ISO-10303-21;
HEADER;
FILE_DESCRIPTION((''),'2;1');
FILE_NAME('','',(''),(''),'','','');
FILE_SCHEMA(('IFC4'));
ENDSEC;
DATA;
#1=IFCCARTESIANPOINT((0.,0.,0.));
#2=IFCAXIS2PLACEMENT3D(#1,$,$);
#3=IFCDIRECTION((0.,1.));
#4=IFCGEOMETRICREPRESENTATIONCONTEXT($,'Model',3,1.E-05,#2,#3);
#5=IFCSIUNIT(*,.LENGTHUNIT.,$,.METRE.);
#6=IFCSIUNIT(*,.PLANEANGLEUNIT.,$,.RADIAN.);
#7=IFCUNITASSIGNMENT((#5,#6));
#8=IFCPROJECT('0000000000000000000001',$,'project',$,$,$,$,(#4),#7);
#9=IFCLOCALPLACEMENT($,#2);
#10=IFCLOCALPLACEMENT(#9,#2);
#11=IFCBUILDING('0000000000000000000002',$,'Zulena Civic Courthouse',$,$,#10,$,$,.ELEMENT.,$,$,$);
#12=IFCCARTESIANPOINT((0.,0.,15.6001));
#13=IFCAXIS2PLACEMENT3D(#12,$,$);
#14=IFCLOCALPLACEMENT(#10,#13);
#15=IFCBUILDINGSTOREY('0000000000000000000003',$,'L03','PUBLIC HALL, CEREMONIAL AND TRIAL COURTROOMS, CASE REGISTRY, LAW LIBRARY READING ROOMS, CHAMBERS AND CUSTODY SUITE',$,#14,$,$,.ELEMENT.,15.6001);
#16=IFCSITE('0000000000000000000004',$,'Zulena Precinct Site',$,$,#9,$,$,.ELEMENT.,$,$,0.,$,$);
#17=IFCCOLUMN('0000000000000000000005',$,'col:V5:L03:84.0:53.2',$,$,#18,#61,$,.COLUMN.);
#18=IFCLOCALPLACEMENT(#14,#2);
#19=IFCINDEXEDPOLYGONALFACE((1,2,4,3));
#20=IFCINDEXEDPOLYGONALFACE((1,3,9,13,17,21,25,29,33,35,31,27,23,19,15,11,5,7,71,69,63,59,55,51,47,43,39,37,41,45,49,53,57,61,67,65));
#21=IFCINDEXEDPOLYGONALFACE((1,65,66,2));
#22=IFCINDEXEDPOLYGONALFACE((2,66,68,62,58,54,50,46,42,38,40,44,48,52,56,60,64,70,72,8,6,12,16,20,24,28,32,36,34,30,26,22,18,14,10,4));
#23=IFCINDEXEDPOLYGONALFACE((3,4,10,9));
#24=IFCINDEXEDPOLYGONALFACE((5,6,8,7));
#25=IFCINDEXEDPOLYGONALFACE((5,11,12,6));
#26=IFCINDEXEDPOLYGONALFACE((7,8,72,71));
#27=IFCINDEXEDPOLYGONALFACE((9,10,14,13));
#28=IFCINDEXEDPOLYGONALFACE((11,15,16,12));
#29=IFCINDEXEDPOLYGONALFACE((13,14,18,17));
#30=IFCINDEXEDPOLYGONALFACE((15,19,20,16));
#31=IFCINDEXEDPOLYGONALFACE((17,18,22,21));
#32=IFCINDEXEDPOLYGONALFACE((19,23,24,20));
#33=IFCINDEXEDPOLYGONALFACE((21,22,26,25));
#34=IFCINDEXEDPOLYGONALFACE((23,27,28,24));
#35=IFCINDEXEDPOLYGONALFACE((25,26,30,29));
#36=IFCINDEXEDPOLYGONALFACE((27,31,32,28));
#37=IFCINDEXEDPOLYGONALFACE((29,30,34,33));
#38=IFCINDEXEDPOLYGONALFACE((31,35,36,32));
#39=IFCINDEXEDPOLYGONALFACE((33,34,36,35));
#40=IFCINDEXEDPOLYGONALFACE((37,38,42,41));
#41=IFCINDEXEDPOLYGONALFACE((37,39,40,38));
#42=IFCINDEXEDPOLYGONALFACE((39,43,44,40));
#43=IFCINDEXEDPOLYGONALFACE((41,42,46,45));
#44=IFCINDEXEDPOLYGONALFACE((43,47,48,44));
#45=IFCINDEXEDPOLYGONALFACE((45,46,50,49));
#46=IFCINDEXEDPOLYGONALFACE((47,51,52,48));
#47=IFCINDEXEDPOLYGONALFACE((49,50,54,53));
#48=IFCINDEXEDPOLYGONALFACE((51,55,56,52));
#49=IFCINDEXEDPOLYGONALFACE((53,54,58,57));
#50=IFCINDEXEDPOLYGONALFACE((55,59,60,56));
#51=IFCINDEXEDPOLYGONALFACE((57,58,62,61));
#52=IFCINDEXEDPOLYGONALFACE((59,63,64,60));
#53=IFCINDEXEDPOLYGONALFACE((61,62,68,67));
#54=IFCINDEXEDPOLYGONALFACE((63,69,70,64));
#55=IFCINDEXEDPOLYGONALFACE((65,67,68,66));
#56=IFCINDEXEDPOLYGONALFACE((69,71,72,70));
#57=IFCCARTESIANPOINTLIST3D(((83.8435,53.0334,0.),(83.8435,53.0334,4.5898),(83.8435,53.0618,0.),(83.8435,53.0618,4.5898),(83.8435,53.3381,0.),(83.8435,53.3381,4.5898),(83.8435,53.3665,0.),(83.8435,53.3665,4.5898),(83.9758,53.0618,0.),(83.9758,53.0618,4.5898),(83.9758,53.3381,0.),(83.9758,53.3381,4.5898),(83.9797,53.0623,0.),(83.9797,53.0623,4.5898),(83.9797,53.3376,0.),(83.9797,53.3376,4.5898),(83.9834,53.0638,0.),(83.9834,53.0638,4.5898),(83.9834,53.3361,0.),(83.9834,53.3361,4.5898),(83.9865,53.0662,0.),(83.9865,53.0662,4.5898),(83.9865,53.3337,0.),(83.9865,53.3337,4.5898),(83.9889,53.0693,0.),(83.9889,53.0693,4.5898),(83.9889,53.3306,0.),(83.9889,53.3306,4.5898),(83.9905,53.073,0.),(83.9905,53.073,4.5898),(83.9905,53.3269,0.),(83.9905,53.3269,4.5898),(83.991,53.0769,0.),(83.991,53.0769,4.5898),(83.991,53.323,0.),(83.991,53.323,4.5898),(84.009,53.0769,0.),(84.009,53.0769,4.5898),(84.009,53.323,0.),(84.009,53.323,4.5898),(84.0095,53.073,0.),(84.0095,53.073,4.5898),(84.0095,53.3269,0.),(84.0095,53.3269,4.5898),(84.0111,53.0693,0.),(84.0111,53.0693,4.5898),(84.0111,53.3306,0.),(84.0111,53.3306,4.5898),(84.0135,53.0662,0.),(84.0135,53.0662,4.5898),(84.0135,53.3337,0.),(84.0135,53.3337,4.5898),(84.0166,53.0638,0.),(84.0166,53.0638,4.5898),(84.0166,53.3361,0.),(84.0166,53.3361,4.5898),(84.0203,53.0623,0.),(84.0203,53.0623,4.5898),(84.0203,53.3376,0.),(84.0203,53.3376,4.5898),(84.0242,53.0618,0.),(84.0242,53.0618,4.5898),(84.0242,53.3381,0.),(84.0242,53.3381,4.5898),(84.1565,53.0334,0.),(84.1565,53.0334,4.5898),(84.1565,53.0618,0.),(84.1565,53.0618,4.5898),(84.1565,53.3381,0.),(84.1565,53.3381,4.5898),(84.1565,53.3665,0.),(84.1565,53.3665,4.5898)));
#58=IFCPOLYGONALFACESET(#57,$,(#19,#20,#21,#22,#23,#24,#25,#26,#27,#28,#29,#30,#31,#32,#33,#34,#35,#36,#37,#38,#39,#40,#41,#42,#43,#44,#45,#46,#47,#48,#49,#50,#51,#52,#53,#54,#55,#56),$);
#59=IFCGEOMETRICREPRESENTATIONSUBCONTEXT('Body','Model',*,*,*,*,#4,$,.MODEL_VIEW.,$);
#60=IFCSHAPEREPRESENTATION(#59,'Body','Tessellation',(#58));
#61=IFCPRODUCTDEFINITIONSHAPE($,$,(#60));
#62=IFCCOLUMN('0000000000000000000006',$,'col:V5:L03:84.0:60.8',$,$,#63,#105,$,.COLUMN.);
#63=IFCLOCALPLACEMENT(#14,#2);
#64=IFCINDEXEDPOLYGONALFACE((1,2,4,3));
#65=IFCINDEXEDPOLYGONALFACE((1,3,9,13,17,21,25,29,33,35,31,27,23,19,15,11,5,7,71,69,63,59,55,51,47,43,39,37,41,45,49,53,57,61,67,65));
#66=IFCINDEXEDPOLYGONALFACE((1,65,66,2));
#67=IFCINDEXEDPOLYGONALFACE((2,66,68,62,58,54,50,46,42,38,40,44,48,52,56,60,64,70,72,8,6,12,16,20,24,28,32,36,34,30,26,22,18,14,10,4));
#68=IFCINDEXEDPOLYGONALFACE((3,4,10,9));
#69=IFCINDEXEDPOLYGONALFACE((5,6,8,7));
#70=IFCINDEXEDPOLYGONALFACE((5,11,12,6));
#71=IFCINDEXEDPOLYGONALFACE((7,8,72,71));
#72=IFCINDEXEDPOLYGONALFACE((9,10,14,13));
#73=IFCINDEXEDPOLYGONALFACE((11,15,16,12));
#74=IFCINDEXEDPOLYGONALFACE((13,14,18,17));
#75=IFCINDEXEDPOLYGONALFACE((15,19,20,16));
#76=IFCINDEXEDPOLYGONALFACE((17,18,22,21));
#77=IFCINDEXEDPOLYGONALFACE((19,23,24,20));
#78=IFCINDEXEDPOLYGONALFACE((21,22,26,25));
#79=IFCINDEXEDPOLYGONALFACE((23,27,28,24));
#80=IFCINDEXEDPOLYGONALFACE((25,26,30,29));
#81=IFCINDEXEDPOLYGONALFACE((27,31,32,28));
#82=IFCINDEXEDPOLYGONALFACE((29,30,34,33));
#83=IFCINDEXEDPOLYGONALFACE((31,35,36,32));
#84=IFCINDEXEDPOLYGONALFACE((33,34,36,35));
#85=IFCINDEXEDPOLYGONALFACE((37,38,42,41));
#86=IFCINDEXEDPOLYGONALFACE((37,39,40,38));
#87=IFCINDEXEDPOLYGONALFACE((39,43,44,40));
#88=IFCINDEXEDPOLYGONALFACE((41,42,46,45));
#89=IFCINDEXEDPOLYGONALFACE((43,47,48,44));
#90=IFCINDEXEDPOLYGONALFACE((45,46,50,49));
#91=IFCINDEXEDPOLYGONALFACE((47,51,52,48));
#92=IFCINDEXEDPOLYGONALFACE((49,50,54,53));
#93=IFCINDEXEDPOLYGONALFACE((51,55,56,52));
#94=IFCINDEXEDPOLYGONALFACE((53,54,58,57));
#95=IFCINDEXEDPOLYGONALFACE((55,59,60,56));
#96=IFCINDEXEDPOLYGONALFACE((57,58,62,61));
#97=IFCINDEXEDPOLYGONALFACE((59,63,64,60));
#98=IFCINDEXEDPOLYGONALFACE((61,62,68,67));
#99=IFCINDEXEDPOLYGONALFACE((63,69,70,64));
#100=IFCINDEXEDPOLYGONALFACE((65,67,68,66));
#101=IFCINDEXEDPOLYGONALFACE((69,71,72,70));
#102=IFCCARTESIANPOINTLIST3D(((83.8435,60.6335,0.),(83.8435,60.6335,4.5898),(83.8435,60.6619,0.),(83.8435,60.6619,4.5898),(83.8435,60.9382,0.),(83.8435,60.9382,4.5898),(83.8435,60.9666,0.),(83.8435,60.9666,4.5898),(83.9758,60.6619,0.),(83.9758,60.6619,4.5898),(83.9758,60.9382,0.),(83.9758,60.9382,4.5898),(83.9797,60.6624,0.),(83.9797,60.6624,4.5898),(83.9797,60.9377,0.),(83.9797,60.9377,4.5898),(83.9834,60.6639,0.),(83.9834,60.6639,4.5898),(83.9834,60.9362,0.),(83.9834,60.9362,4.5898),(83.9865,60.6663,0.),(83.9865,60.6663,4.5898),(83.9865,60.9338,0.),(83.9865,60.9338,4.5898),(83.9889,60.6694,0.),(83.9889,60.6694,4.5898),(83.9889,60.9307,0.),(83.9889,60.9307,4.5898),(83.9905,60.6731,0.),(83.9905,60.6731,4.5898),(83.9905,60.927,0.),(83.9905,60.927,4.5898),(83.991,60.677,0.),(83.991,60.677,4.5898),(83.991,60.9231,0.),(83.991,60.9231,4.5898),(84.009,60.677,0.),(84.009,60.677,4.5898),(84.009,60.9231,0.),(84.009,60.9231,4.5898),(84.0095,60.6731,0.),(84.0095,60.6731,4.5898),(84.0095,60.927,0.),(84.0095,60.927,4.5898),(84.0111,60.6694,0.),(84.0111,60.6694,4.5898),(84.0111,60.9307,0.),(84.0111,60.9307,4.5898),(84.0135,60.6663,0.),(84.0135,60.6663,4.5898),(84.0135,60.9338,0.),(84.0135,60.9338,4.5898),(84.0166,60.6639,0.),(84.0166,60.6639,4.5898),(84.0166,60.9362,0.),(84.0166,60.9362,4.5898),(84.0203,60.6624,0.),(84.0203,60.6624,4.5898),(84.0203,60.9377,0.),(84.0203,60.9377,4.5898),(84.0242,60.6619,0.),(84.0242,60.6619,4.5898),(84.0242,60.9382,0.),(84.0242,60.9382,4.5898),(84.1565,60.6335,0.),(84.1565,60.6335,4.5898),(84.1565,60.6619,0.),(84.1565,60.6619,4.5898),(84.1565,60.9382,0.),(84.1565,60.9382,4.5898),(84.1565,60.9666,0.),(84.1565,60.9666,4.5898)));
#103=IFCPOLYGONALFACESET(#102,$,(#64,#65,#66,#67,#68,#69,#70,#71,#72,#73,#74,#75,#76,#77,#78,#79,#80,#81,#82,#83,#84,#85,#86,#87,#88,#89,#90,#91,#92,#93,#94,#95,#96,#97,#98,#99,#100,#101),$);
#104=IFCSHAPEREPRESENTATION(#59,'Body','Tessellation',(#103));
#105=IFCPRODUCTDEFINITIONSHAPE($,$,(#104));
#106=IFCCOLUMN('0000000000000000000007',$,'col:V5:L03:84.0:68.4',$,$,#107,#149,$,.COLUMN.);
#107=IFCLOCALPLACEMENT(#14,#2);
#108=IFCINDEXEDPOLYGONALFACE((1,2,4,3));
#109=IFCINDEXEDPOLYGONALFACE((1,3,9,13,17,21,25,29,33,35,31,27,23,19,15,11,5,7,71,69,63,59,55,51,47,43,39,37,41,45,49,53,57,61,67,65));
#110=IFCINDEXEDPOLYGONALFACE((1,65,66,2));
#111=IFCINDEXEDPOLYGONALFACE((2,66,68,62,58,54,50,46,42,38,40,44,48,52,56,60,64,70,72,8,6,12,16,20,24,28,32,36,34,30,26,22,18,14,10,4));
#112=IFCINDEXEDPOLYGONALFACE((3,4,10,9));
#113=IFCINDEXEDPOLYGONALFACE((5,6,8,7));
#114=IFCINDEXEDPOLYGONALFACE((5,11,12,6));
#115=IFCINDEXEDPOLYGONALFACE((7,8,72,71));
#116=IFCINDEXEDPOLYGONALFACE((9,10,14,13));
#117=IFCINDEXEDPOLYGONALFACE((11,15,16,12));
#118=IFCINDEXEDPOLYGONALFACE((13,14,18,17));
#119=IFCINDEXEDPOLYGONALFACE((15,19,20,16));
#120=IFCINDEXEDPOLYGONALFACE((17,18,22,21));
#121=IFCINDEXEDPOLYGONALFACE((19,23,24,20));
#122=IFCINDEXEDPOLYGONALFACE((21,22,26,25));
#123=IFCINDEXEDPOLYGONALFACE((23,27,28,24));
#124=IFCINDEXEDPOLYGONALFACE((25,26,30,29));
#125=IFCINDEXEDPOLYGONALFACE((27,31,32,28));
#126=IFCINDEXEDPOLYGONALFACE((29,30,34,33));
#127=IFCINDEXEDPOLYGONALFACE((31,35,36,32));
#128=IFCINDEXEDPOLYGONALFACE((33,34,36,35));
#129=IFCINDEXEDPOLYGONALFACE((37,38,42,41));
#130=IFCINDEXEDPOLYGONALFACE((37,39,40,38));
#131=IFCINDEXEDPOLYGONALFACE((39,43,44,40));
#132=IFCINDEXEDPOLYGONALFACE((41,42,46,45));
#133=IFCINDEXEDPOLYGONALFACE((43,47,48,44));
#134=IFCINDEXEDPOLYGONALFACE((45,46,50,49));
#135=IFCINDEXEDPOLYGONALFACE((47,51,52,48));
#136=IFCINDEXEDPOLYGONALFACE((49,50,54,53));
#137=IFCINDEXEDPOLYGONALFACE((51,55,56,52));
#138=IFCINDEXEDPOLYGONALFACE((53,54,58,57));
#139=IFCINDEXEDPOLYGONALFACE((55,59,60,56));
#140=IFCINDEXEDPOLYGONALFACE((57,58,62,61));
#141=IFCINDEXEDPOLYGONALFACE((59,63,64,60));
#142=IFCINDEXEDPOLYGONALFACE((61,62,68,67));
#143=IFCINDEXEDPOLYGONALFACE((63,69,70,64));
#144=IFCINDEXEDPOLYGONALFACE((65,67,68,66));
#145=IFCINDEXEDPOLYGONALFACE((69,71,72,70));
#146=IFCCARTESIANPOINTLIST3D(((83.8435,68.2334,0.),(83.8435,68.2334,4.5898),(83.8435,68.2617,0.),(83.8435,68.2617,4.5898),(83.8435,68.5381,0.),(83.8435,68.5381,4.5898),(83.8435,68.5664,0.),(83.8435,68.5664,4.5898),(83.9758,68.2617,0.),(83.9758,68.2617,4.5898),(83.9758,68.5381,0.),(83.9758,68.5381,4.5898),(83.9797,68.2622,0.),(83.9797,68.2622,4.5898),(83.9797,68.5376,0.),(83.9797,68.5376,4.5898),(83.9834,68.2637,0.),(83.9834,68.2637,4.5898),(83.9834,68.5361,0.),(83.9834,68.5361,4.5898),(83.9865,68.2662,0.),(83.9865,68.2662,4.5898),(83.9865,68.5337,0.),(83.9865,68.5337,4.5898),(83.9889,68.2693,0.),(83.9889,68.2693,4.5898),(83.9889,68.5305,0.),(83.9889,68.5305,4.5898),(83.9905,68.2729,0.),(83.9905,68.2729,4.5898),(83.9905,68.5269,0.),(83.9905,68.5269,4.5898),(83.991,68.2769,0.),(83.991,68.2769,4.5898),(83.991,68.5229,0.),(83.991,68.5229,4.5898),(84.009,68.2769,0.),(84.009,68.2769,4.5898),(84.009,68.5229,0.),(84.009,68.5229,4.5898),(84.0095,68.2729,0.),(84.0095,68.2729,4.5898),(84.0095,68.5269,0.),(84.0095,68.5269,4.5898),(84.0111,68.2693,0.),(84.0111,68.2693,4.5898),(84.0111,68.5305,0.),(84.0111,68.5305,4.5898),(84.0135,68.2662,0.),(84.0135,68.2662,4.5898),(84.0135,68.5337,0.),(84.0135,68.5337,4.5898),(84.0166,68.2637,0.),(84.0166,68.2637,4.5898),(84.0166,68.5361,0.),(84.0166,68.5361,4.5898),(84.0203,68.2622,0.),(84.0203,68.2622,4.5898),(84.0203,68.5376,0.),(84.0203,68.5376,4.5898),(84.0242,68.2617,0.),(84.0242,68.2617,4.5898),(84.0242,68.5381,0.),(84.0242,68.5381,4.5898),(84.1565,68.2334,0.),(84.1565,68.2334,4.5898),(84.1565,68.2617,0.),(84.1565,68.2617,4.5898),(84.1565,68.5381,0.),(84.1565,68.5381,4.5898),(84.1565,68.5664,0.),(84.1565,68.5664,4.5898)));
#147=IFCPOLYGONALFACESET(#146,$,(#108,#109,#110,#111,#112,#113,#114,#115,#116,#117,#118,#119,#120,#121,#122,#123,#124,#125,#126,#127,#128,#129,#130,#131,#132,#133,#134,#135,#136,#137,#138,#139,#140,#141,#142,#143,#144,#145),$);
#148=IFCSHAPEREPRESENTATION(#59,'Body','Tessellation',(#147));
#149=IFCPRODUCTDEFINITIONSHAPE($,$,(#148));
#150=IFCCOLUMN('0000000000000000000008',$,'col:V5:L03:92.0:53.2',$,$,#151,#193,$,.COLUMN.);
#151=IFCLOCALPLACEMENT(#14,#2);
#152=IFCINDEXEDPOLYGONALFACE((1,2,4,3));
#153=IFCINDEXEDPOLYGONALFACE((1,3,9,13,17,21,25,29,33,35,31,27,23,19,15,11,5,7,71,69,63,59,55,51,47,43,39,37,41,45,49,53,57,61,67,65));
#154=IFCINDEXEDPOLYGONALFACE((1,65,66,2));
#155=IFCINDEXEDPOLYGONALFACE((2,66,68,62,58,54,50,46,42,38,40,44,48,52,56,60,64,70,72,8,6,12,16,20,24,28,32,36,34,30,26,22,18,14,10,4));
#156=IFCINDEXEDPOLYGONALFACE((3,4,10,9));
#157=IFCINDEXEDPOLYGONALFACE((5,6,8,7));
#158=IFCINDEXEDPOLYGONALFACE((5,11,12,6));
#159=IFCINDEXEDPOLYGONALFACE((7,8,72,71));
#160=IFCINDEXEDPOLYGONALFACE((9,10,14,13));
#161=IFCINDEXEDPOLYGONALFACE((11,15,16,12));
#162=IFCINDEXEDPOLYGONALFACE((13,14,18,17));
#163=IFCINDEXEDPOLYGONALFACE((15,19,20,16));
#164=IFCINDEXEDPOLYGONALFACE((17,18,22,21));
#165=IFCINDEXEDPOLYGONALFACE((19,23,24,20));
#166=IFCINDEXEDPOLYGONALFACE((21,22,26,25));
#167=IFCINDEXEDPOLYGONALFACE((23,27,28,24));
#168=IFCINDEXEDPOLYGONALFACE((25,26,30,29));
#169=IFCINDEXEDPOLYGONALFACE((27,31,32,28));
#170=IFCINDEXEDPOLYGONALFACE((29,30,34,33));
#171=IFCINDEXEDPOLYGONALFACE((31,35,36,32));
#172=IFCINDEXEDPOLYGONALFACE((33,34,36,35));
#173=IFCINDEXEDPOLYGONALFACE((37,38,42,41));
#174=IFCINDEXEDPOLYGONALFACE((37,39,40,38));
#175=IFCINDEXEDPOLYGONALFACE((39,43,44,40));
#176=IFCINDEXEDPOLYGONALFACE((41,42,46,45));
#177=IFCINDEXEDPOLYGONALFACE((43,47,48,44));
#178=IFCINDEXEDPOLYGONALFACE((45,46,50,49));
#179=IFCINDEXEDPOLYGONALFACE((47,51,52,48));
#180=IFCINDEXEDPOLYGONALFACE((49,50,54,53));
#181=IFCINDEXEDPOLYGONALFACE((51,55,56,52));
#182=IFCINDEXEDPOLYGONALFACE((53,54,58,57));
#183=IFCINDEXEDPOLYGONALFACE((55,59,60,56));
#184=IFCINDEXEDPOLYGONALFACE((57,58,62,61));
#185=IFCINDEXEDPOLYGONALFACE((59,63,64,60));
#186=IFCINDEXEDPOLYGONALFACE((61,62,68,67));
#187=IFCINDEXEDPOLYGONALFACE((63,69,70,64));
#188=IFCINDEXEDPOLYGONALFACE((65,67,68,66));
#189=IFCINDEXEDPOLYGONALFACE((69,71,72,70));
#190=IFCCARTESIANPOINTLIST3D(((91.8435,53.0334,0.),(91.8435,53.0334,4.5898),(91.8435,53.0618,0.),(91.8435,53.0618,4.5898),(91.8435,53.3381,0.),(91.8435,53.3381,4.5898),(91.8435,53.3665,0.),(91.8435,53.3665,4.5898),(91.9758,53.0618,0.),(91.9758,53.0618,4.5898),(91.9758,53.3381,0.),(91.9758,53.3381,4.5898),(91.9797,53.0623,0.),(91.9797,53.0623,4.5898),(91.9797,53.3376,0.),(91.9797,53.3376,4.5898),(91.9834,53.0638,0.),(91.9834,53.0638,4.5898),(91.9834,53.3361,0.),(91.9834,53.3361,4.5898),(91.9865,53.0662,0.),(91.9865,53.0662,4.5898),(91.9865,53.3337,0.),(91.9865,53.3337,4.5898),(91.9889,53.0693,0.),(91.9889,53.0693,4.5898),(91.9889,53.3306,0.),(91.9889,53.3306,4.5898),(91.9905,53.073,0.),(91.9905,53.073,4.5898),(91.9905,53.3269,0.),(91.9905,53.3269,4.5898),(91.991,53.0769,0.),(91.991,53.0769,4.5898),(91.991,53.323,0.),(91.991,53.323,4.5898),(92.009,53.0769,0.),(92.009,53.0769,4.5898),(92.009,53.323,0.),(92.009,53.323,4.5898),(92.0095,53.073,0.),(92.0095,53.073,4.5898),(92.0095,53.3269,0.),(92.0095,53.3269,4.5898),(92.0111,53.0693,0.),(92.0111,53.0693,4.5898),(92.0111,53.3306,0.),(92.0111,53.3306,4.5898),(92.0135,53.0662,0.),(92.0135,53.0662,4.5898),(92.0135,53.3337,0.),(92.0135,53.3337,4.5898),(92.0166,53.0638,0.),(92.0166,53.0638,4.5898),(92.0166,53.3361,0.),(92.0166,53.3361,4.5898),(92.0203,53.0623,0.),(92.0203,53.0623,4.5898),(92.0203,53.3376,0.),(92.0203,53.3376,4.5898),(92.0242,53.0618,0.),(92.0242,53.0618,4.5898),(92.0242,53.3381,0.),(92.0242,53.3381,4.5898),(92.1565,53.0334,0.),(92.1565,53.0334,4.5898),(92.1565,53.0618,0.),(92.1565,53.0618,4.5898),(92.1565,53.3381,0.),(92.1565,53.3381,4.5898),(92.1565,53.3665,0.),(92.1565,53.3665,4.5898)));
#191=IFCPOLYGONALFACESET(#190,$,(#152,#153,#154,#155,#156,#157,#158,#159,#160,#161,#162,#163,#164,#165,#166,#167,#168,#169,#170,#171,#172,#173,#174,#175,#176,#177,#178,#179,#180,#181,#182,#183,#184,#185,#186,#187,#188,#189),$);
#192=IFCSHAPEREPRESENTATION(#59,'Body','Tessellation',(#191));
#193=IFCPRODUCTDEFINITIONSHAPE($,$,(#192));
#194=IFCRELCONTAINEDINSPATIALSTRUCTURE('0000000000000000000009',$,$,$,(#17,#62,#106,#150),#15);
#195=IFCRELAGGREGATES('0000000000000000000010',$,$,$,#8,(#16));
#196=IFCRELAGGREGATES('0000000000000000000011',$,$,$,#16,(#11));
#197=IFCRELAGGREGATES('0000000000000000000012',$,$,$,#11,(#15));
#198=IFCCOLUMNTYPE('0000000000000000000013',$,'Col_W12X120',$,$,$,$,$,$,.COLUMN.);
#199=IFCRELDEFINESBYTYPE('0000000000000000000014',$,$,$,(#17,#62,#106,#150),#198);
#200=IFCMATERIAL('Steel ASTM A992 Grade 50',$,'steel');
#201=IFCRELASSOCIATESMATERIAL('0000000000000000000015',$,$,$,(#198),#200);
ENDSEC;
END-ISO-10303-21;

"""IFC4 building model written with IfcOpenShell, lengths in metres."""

from ifc_helpers import new_model, si_unit, direction, frame, origin, origin_2d, place, context, subcontext, project, spatial, i_section, extrude, material, material_profile, profile_set, type_object, element, save


model = new_model("IFC4")

# Units and contexts
model_context = context("Model", 3, precision=1e-05, world=origin(), true_north=direction((0.0, 1.0)))
body_context = subcontext(model_context, "Body", "Model", "MODEL_VIEW")
ifc_project = project(units=[si_unit("LENGTHUNIT", "METRE"), si_unit("PLANEANGLEUNIT", "RADIAN")], contexts=[model_context])

# Site, building, storey
site_placement = place(None, origin())
site = spatial("IfcSite", under=ifc_project, at=site_placement, Name="Zulena Precinct Site", CompositionType="ELEMENT", RefElevation=0.0)
building_placement = place(site_placement, origin())
building = spatial("IfcBuilding", under=site, at=building_placement, Name="Zulena Civic Courthouse", CompositionType="ELEMENT")
storey_placement = place(building_placement, frame((0.0, 0.0, 15.6001)))
storey = spatial("IfcBuildingStorey", under=building, at=storey_placement, Name="L03", Description="PUBLIC HALL, CEREMONIAL AND TRIAL COURTROOMS, CASE REGISTRY, LAW LIBRARY READING ROOMS, CHAMBERS AND CUSTODY SUITE", CompositionType="ELEMENT", Elevation=15.6001)

# Columns
ifc_material_1 = material(Name="Steel ASTM A992 Grade 50", Category="steel")
ifc_material_profile_1 = material_profile(ifc_material_1, i_section(OverallWidth=0.313, OverallDepth=0.333, WebThickness=0.0181, FlangeThickness=0.0283, FilletRadius=0.0151, at=origin_2d()), Name="W12X120")
ifc_profile_set_1 = profile_set([ifc_material_profile_1], Name="Steel ASTM A992 Grade 50")
column_type_1 = type_object("IfcColumnType", Name="Col_W12X120", PredefinedType="COLUMN", material=ifc_profile_set_1)
for number, where, z_axis, x_axis, name in (
    (1, (84.0, 53.2, 0.0), (0.0, 0.0, 1.0), (1.0, 0.0, 0.0), "col:V5:L03:84.0:53.2"),
    (2, (84.0, 60.8, 0.0), (0.0, 0.0, 1.0), (1.0, 0.0, 0.0), "col:V5:L03:84.0:60.8"),
    (3, (84.0, 68.3999, 0.0), (0.0, 0.0, 1.0), (1.0, 0.0, 0.0), "col:V5:L03:84.0:68.4"),
    (4, (92.0, 53.2, 0.0), (0.0, 0.0, 1.0), (1.0, 0.0, 0.0), "col:V5:L03:92.0:53.2"),
):
    element("IfcColumn", number, at=place(storey_placement, frame(where, z_axis=z_axis, x_axis=x_axis)), inside=storey, type_object=column_type_1, Name=name, PredefinedType="COLUMN", context=body_context, shape_type="SweptSolid", body=[
        extrude(i_section(OverallWidth=0.313, OverallDepth=0.333, WebThickness=0.0181, FlangeThickness=0.0283, FilletRadius=0.0151, at=origin_2d()), origin(), (0.0, 0.0, 1.0), 4.5898),
    ])

save(model, "model.ifc")
